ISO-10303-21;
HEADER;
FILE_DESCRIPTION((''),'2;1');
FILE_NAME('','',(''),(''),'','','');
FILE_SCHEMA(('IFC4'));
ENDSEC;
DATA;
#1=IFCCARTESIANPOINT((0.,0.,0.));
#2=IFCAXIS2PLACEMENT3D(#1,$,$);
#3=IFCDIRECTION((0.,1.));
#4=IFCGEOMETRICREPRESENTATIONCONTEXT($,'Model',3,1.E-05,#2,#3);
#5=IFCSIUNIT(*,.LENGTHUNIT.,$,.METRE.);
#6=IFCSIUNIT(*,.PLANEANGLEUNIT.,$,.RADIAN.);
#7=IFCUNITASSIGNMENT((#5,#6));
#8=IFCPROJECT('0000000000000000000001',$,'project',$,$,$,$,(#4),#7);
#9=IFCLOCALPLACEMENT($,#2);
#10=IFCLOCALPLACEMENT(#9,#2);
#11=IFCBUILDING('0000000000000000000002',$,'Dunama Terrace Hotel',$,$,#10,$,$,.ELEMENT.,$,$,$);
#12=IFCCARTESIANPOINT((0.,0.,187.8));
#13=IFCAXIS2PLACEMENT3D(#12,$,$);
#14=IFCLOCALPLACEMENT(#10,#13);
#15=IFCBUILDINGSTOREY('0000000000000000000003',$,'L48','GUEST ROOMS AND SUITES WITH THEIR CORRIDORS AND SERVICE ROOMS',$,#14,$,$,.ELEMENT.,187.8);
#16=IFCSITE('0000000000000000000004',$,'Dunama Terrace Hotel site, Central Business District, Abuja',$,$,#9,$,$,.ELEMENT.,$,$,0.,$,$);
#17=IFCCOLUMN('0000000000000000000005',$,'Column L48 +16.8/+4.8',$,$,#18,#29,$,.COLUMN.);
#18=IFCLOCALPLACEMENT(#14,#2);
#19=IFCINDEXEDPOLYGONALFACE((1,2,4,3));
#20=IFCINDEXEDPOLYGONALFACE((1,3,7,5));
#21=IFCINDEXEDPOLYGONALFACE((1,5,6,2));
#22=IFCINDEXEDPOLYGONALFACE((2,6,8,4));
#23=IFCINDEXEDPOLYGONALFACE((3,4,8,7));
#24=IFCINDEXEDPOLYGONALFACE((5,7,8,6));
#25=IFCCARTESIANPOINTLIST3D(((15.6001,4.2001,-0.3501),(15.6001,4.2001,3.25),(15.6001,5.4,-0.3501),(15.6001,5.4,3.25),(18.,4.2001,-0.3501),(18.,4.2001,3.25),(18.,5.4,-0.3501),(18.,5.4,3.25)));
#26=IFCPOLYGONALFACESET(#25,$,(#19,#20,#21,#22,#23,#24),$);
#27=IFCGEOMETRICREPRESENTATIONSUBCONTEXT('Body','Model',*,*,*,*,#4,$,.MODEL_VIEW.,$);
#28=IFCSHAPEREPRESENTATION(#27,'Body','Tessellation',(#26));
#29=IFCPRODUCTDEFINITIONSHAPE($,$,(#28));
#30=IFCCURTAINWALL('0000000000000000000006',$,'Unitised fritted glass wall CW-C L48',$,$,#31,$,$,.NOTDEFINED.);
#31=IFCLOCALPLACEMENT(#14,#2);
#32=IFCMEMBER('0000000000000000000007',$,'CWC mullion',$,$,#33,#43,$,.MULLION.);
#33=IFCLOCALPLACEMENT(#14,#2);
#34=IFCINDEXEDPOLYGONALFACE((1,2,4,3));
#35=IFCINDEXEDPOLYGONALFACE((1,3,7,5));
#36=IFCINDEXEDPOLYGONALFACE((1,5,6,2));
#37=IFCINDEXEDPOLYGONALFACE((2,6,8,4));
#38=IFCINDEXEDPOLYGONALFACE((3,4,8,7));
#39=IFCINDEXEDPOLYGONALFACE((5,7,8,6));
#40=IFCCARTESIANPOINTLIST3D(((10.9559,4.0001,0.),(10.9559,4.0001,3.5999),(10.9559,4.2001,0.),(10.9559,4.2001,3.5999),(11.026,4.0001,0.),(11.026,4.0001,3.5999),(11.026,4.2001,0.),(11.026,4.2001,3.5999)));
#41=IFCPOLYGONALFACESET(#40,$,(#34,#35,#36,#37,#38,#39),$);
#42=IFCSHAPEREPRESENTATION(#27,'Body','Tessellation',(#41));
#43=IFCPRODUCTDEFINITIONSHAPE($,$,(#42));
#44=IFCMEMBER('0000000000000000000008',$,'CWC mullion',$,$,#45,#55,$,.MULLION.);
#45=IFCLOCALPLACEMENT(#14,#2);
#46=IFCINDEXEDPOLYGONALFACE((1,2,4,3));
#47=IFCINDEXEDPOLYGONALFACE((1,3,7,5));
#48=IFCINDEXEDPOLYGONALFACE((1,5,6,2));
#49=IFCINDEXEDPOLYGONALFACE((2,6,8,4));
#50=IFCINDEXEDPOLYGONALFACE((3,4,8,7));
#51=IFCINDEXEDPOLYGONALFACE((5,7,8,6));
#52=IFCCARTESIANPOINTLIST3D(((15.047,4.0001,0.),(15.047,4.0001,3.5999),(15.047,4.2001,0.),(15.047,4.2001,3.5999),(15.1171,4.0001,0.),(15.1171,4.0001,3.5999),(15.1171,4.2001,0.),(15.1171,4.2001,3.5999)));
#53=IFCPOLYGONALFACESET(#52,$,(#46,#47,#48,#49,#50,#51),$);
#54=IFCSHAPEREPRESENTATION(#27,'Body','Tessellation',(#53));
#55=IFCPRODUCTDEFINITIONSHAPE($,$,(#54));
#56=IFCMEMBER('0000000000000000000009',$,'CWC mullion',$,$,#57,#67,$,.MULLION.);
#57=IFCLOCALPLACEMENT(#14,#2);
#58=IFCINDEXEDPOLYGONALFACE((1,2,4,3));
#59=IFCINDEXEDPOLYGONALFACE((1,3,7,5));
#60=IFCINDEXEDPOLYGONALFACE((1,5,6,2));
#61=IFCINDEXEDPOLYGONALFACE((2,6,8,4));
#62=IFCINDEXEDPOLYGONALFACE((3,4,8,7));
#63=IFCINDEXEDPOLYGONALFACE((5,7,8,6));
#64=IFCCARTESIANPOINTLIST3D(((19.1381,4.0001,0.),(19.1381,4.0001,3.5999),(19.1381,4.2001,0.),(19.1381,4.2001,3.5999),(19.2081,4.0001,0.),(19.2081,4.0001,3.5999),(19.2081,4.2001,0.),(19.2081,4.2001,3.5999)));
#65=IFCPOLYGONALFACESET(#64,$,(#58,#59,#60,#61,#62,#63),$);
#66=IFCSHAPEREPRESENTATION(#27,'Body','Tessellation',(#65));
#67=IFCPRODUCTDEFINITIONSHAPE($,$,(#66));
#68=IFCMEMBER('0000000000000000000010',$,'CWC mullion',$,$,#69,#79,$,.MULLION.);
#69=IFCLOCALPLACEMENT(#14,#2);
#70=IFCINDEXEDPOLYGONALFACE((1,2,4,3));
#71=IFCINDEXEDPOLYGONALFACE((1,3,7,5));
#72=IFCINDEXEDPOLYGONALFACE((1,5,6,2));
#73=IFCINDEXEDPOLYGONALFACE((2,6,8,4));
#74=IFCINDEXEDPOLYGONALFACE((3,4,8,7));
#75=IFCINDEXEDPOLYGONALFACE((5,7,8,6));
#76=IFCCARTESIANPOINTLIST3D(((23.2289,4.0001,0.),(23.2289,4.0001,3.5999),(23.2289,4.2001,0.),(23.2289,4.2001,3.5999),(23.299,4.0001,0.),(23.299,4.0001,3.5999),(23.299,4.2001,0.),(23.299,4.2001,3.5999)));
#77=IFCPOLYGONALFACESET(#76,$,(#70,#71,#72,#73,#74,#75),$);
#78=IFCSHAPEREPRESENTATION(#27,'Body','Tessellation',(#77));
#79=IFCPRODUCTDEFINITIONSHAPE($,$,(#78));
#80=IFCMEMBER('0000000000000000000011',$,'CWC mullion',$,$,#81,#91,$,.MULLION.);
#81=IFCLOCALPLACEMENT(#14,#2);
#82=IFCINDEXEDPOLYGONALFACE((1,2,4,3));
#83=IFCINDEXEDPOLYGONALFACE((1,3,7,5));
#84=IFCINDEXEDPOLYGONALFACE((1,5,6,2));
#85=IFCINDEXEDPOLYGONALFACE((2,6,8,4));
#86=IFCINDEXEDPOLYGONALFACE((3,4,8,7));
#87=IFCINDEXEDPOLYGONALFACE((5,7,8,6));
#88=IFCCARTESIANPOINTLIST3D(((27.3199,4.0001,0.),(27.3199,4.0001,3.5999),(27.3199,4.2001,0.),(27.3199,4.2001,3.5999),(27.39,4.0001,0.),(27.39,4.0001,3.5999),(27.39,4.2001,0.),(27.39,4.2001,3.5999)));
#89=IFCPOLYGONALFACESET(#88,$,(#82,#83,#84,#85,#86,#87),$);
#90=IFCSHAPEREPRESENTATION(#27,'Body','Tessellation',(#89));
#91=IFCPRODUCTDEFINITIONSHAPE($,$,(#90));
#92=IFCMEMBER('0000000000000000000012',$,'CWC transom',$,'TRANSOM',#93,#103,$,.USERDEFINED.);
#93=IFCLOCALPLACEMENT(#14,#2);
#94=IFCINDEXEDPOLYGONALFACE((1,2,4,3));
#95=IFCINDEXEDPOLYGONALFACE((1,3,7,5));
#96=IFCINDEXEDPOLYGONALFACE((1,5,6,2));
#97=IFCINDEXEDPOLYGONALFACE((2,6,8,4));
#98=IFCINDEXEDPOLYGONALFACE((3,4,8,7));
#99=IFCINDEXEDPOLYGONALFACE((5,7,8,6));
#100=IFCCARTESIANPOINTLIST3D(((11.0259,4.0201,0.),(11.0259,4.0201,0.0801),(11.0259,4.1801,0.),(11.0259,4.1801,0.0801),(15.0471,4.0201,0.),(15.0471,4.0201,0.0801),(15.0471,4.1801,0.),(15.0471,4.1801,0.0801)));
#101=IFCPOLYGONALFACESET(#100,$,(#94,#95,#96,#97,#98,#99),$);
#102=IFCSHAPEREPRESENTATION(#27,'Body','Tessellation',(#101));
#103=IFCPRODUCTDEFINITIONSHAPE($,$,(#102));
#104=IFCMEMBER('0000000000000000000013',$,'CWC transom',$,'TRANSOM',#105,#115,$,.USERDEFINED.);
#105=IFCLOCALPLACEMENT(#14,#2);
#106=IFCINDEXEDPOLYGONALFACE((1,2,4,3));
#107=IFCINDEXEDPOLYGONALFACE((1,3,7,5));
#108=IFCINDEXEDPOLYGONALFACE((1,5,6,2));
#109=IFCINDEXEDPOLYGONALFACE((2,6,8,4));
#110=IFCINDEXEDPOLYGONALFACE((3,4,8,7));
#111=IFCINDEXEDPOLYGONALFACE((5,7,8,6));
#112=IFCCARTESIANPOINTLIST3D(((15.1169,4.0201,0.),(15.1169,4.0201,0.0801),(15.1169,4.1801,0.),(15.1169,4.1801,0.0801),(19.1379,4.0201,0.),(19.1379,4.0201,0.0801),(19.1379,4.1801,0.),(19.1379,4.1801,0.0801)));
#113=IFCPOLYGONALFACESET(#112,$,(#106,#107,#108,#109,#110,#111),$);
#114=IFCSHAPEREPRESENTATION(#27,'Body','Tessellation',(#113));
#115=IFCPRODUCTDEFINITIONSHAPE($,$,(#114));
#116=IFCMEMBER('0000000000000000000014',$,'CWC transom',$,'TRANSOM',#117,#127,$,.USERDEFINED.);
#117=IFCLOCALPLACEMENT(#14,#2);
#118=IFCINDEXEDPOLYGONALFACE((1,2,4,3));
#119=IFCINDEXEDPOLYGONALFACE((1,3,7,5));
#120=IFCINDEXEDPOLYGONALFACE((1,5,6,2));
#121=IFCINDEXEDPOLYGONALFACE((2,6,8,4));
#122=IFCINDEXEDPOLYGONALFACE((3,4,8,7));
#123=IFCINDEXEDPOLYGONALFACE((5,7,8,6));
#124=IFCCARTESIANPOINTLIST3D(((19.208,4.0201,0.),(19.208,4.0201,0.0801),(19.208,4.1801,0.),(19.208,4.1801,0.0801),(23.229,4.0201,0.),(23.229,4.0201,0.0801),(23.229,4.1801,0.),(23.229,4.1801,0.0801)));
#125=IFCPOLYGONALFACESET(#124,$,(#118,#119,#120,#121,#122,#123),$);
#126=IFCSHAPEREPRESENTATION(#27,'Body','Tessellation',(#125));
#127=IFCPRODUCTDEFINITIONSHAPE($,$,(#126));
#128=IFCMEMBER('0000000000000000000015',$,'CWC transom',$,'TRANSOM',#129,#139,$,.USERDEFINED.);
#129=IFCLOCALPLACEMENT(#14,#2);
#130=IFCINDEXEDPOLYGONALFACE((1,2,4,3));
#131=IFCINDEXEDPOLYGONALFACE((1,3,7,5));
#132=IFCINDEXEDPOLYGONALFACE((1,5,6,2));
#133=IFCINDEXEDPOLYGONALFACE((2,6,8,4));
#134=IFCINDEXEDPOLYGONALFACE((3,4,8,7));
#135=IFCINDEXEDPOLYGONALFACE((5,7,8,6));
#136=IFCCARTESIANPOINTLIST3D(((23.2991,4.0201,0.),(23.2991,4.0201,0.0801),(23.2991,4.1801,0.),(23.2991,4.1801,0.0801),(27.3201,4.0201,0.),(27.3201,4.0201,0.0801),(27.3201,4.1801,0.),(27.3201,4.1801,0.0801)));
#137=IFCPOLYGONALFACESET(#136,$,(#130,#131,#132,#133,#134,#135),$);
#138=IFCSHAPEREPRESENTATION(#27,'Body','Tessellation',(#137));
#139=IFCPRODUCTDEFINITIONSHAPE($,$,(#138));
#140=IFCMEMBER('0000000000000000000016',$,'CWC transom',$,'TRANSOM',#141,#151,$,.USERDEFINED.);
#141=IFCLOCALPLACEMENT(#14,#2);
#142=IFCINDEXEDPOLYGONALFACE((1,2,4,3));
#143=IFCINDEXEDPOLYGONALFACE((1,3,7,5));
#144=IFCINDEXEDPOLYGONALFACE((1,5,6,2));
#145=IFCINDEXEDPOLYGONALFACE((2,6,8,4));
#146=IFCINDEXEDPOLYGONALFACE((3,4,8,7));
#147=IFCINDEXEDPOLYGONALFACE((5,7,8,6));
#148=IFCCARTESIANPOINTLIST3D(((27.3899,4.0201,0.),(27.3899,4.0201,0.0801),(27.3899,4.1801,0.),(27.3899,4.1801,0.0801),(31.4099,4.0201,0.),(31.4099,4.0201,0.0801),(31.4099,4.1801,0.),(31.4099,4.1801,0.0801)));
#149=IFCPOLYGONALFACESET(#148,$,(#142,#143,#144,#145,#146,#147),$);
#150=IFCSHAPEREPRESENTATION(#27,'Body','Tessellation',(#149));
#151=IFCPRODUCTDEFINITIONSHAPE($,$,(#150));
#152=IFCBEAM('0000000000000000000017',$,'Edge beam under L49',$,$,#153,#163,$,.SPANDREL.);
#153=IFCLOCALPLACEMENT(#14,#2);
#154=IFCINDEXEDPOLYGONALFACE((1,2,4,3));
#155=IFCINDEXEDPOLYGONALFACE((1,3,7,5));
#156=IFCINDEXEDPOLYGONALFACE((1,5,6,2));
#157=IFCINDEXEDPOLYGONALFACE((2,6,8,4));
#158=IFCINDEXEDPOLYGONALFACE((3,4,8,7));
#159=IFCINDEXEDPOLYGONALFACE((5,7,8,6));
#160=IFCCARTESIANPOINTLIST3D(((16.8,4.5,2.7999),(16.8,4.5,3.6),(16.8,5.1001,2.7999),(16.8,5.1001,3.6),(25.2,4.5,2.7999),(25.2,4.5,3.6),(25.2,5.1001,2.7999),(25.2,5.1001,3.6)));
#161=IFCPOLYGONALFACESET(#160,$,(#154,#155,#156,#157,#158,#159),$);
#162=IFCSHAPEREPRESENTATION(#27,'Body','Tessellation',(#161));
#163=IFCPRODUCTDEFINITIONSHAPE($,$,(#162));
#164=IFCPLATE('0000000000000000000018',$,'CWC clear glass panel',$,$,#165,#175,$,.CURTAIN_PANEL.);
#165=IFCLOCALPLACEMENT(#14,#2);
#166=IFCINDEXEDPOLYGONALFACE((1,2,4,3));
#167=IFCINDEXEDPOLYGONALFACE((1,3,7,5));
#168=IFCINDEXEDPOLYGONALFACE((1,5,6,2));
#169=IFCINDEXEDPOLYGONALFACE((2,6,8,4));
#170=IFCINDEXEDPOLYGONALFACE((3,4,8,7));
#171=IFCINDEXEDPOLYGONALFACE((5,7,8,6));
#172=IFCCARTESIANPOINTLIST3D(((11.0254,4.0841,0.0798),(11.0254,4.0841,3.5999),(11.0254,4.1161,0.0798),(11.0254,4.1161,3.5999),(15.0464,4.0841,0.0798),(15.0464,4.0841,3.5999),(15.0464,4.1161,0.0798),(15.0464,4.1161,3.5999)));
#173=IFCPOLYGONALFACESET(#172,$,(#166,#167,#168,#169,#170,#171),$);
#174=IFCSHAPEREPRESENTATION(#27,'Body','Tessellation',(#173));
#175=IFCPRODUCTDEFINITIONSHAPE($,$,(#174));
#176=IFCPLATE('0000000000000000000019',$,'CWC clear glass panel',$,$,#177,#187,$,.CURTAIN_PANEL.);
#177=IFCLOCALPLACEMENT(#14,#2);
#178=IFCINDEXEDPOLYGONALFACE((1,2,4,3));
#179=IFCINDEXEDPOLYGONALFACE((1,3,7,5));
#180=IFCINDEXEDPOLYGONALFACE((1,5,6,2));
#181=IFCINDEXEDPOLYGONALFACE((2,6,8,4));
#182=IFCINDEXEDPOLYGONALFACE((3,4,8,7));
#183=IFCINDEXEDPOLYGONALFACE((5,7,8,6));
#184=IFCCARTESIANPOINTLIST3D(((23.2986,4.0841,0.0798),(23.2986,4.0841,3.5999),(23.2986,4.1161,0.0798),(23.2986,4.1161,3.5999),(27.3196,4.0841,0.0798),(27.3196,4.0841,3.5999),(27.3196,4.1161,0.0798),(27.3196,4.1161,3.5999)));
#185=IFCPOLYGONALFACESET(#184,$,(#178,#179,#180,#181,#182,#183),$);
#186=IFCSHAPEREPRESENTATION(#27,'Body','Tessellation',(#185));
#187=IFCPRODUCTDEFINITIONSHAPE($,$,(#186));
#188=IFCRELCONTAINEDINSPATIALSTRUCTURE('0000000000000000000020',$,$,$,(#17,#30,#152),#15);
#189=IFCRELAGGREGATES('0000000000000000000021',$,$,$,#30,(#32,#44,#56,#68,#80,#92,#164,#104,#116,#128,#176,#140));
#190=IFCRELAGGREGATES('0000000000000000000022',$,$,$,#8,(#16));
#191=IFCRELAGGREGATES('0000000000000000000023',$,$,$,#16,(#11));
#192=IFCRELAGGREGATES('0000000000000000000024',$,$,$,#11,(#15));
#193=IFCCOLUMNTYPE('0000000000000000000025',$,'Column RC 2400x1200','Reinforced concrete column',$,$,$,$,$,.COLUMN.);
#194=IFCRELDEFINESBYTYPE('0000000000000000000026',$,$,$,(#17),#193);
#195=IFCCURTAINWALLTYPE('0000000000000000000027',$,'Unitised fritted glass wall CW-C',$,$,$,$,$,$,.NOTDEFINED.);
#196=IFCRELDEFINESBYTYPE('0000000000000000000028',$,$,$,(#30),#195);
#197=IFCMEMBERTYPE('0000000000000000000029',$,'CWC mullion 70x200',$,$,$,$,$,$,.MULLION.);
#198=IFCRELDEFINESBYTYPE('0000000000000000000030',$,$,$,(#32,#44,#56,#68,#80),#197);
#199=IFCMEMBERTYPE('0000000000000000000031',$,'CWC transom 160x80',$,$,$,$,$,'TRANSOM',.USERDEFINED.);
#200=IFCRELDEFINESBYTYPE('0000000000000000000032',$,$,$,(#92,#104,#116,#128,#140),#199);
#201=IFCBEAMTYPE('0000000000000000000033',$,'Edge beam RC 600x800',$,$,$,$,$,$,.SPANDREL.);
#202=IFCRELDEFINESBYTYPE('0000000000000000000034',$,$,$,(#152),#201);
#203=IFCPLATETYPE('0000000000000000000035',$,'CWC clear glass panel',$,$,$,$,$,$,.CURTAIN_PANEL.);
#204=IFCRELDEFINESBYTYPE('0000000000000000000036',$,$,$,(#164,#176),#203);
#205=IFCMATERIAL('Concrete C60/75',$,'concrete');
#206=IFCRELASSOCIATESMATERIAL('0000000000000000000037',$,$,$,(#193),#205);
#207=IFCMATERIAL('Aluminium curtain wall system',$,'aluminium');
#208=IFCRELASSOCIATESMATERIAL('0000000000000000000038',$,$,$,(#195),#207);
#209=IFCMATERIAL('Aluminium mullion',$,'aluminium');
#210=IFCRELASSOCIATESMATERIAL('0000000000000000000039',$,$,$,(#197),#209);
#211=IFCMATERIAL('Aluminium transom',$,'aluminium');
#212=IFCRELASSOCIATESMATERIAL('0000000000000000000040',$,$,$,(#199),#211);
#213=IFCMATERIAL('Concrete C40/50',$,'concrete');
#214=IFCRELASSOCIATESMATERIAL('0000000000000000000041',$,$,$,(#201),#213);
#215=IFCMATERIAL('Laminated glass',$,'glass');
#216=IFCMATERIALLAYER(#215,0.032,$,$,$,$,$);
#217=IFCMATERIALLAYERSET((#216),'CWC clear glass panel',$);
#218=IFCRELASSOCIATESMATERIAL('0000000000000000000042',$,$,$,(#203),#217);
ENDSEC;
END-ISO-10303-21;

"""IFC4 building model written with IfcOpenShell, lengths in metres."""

from ifc_helpers import new_model, si_unit, direction, frame, origin, origin_2d, place, context, subcontext, project, spatial, rectangle, extrude, material, layer, layer_set, material_profile, profile_set, type_object, element, aggregate, save


model = new_model("IFC4")

# Units and contexts
model_context = context("Model", 3, precision=1e-05, world=origin(), true_north=direction((0.0, 1.0)))
body_context = subcontext(model_context, "Body", "Model", "MODEL_VIEW")
ifc_project = project(units=[si_unit("LENGTHUNIT", "METRE"), si_unit("PLANEANGLEUNIT", "RADIAN")], contexts=[model_context])

# Site, building, storey
site_placement = place(None, origin())
site = spatial("IfcSite", under=ifc_project, at=site_placement, Name="Dunama Terrace Hotel site, Central Business District, Abuja", CompositionType="ELEMENT", RefElevation=0.0)
building_placement = place(site_placement, origin())
building = spatial("IfcBuilding", under=site, at=building_placement, Name="Dunama Terrace Hotel", CompositionType="ELEMENT")
storey_placement = place(building_placement, frame((0.0, 0.0, 187.8)))
storey = spatial("IfcBuildingStorey", under=building, at=storey_placement, Name="L48", Description="GUEST ROOMS AND SUITES WITH THEIR CORRIDORS AND SERVICE ROOMS", CompositionType="ELEMENT", Elevation=187.8)

# Column
ifc_material_1 = material(Name="Concrete C60/75", Category="concrete")
ifc_material_profile_1 = material_profile(ifc_material_1, rectangle(XDim=2.3999, YDim=1.2, at=origin_2d()), Name="RC 2400x1200")
ifc_profile_set_1 = profile_set([ifc_material_profile_1], Name="Concrete C60/75")
column_type = type_object("IfcColumnType", Name="Column RC 2400x1200", Description="Reinforced concrete column", PredefinedType="COLUMN", material=ifc_profile_set_1)
column_placement = place(storey_placement, frame((16.8, 4.8, -0.3501), z_axis=(0.0, 0.0, 1.0), x_axis=(1.0, 0.0, 0.0)))
element("IfcColumn", 1, at=column_placement, inside=storey, type_object=column_type, Name="Column L48 +16.8/+4.8", PredefinedType="COLUMN", context=body_context, shape_type="SweptSolid", body=[
    extrude(rectangle(XDim=2.3999, YDim=1.2, at=origin_2d()), origin(), (0.0, 0.0, 1.0), 3.6001),
])

# Curtain wall, members
ifc_material_2 = material(Name="Aluminium curtain wall system", Category="aluminium")
curtain_wall_type = type_object("IfcCurtainWallType", Name="Unitised fritted glass wall CW-C", PredefinedType="NOTDEFINED", material=ifc_material_2)
curtain_wall_placement = place(storey_placement, origin())
curtain_wall = element("IfcCurtainWall", 2, at=curtain_wall_placement, inside=storey, type_object=curtain_wall_type, Name="Unitised fritted glass wall CW-C L48", PredefinedType="NOTDEFINED")
ifc_material_3 = material(Name="Aluminium mullion", Category="aluminium")
ifc_material_profile_2 = material_profile(ifc_material_3, rectangle(XDim=0.0701, YDim=0.2, at=origin_2d()), Name="CWC MULLION 70X200")
ifc_profile_set_2 = profile_set([ifc_material_profile_2], Name="Aluminium mullion")
member_type_1 = type_object("IfcMemberType", Name="CWC mullion 70x200", PredefinedType="MULLION", material=ifc_profile_set_2)
member_1_placement = place(storey_placement, frame((10.991, 4.1001, 0.0), z_axis=(0.0, 0.0, 1.0), x_axis=(1.0, 0.0, 0.0)))
member_1 = element("IfcMember", 3, at=member_1_placement, type_object=member_type_1, Name="CWC mullion", PredefinedType="MULLION", context=body_context, shape_type="SweptSolid", body=[
    extrude(rectangle(XDim=0.0701, YDim=0.2, at=origin_2d()), origin(), (0.0, 0.0, 1.0), 3.5999),
])
member_2_placement = place(storey_placement, frame((15.082, 4.1001, 0.0), z_axis=(0.0, 0.0, 1.0), x_axis=(1.0, 0.0, 0.0)))
member_2 = element("IfcMember", 4, at=member_2_placement, type_object=member_type_1, Name="CWC mullion", PredefinedType="MULLION", context=body_context, shape_type="SweptSolid", body=[
    extrude(rectangle(XDim=0.0701, YDim=0.2, at=origin_2d()), origin(), (0.0, 0.0, 1.0), 3.5999),
])
member_3_placement = place(storey_placement, frame((19.1731, 4.1001, 0.0), z_axis=(0.0, 0.0, 1.0), x_axis=(1.0, 0.0, 0.0)))
member_3 = element("IfcMember", 5, at=member_3_placement, type_object=member_type_1, Name="CWC mullion", PredefinedType="MULLION", context=body_context, shape_type="SweptSolid", body=[
    extrude(rectangle(XDim=0.0701, YDim=0.2, at=origin_2d()), origin(), (0.0, 0.0, 1.0), 3.5999),
])
member_4_placement = place(storey_placement, frame((23.2639, 4.1001, 0.0), z_axis=(0.0, 0.0, 1.0), x_axis=(1.0, 0.0, 0.0)))
member_4 = element("IfcMember", 6, at=member_4_placement, type_object=member_type_1, Name="CWC mullion", PredefinedType="MULLION", context=body_context, shape_type="SweptSolid", body=[
    extrude(rectangle(XDim=0.0701, YDim=0.2, at=origin_2d()), origin(), (0.0, 0.0, 1.0), 3.5999),
])
member_5_placement = place(storey_placement, frame((27.355, 4.1001, 0.0), z_axis=(0.0, 0.0, 1.0), x_axis=(1.0, 0.0, 0.0)))
member_5 = element("IfcMember", 7, at=member_5_placement, type_object=member_type_1, Name="CWC mullion", PredefinedType="MULLION", context=body_context, shape_type="SweptSolid", body=[
    extrude(rectangle(XDim=0.0701, YDim=0.2, at=origin_2d()), origin(), (0.0, 0.0, 1.0), 3.5999),
])
ifc_material_4 = material(Name="Aluminium transom", Category="aluminium")
ifc_material_profile_3 = material_profile(ifc_material_4, rectangle(XDim=0.1599, YDim=0.0801, at=origin_2d()), Name="CWC TRANSOM 160X80")
ifc_profile_set_3 = profile_set([ifc_material_profile_3], Name="Aluminium transom")
member_type_2 = type_object("IfcMemberType", Name="CWC transom 160x80", ElementType="TRANSOM", PredefinedType="USERDEFINED", material=ifc_profile_set_3)
member_6_placement = place(storey_placement, frame((11.0259, 4.1001, 0.04), z_axis=(1.0, 0.0, 0.0), x_axis=(0.0, 1.0, 0.0)))
member_6 = element("IfcMember", 8, at=member_6_placement, type_object=member_type_2, Name="CWC transom", ObjectType="TRANSOM", PredefinedType="USERDEFINED", context=body_context, shape_type="SweptSolid", body=[
    extrude(rectangle(XDim=0.1599, YDim=0.0801, at=origin_2d()), origin(), (0.0, 0.0, 1.0), 4.0212),
])
member_7_placement = place(storey_placement, frame((15.1169, 4.1001, 0.04), z_axis=(1.0, 0.0, 0.0), x_axis=(0.0, 1.0, 0.0)))
member_7 = element("IfcMember", 9, at=member_7_placement, type_object=member_type_2, Name="CWC transom", ObjectType="TRANSOM", PredefinedType="USERDEFINED", context=body_context, shape_type="SweptSolid", body=[
    extrude(rectangle(XDim=0.1599, YDim=0.0801, at=origin_2d()), origin(), (0.0, 0.0, 1.0), 4.021),
])
member_8_placement = place(storey_placement, frame((19.208, 4.1001, 0.04), z_axis=(1.0, 0.0, 0.0), x_axis=(0.0, 1.0, 0.0)))
member_8 = element("IfcMember", 10, at=member_8_placement, type_object=member_type_2, Name="CWC transom", ObjectType="TRANSOM", PredefinedType="USERDEFINED", context=body_context, shape_type="SweptSolid", body=[
    extrude(rectangle(XDim=0.1599, YDim=0.0801, at=origin_2d()), origin(), (0.0, 0.0, 1.0), 4.021),
])
member_9_placement = place(storey_placement, frame((23.2991, 4.1001, 0.04), z_axis=(1.0, 0.0, 0.0), x_axis=(0.0, 1.0, 0.0)))
member_9 = element("IfcMember", 11, at=member_9_placement, type_object=member_type_2, Name="CWC transom", ObjectType="TRANSOM", PredefinedType="USERDEFINED", context=body_context, shape_type="SweptSolid", body=[
    extrude(rectangle(XDim=0.1599, YDim=0.0801, at=origin_2d()), origin(), (0.0, 0.0, 1.0), 4.021),
])
member_10_placement = place(storey_placement, frame((27.3899, 4.1001, 0.04), z_axis=(1.0, 0.0, 0.0), x_axis=(0.0, 1.0, 0.0)))
member_10 = element("IfcMember", 12, at=member_10_placement, type_object=member_type_2, Name="CWC transom", ObjectType="TRANSOM", PredefinedType="USERDEFINED", context=body_context, shape_type="SweptSolid", body=[
    extrude(rectangle(XDim=0.1599, YDim=0.0801, at=origin_2d()), origin(), (0.0, 0.0, 1.0), 4.02),
])

# Beam
ifc_material_5 = material(Name="Concrete C40/50", Category="concrete")
ifc_material_profile_4 = material_profile(ifc_material_5, rectangle(XDim=0.6001, YDim=0.8, at=origin_2d()), Name="RC 600x800")
ifc_profile_set_4 = profile_set([ifc_material_profile_4], Name="Concrete C40/50")
beam_type = type_object("IfcBeamType", Name="Edge beam RC 600x800", PredefinedType="SPANDREL", material=ifc_profile_set_4)
beam_placement = place(storey_placement, frame((16.8, 4.8, 3.2), z_axis=(1.0, 0.0, 0.0), x_axis=(0.0, 1.0, 0.0)))
element("IfcBeam", 13, at=beam_placement, inside=storey, type_object=beam_type, Name="Edge beam under L49", PredefinedType="SPANDREL", context=body_context, shape_type="SweptSolid", body=[
    extrude(rectangle(XDim=0.6001, YDim=0.8, at=origin_2d()), origin(), (0.0, 0.0, 1.0), 8.3999),
])

# Plates
ifc_material_6 = material(Name="Laminated glass", Category="glass")
ifc_layer_1 = layer(ifc_material_6, 0.032)
ifc_layer_set_1 = layer_set([ifc_layer_1], Name="CWC clear glass panel")
plate_type_1 = type_object("IfcPlateType", Name="CWC clear glass panel", PredefinedType="CURTAIN_PANEL", material=ifc_layer_set_1)
plate_1_placement = place(storey_placement, frame((13.0359, 4.1001, 0.0798), z_axis=(0.0, 0.0, 1.0), x_axis=(1.0, 0.0, 0.0)))
plate_1 = element("IfcPlate", 14, at=plate_1_placement, type_object=plate_type_1, Name="CWC clear glass panel", PredefinedType="CURTAIN_PANEL", context=body_context, shape_type="SweptSolid", body=[
    extrude(rectangle(XDim=4.021, YDim=0.032, at=origin_2d()), origin(), (0.0, 0.0, 1.0), 3.52),
])
plate_2_placement = place(storey_placement, frame((25.3091, 4.1001, 0.0798), z_axis=(0.0, 0.0, 1.0), x_axis=(1.0, 0.0, 0.0)))
plate_2 = element("IfcPlate", 15, at=plate_2_placement, type_object=plate_type_1, Name="CWC clear glass panel", PredefinedType="CURTAIN_PANEL", context=body_context, shape_type="SweptSolid", body=[
    extrude(rectangle(XDim=4.021, YDim=0.032, at=origin_2d()), origin(), (0.0, 0.0, 1.0), 3.52),
])
aggregate(curtain_wall, [member_1, member_2, member_3, member_4, member_5, member_6, plate_1, member_7, member_8, member_9, plate_2, member_10])

save(model, "model.ifc")
